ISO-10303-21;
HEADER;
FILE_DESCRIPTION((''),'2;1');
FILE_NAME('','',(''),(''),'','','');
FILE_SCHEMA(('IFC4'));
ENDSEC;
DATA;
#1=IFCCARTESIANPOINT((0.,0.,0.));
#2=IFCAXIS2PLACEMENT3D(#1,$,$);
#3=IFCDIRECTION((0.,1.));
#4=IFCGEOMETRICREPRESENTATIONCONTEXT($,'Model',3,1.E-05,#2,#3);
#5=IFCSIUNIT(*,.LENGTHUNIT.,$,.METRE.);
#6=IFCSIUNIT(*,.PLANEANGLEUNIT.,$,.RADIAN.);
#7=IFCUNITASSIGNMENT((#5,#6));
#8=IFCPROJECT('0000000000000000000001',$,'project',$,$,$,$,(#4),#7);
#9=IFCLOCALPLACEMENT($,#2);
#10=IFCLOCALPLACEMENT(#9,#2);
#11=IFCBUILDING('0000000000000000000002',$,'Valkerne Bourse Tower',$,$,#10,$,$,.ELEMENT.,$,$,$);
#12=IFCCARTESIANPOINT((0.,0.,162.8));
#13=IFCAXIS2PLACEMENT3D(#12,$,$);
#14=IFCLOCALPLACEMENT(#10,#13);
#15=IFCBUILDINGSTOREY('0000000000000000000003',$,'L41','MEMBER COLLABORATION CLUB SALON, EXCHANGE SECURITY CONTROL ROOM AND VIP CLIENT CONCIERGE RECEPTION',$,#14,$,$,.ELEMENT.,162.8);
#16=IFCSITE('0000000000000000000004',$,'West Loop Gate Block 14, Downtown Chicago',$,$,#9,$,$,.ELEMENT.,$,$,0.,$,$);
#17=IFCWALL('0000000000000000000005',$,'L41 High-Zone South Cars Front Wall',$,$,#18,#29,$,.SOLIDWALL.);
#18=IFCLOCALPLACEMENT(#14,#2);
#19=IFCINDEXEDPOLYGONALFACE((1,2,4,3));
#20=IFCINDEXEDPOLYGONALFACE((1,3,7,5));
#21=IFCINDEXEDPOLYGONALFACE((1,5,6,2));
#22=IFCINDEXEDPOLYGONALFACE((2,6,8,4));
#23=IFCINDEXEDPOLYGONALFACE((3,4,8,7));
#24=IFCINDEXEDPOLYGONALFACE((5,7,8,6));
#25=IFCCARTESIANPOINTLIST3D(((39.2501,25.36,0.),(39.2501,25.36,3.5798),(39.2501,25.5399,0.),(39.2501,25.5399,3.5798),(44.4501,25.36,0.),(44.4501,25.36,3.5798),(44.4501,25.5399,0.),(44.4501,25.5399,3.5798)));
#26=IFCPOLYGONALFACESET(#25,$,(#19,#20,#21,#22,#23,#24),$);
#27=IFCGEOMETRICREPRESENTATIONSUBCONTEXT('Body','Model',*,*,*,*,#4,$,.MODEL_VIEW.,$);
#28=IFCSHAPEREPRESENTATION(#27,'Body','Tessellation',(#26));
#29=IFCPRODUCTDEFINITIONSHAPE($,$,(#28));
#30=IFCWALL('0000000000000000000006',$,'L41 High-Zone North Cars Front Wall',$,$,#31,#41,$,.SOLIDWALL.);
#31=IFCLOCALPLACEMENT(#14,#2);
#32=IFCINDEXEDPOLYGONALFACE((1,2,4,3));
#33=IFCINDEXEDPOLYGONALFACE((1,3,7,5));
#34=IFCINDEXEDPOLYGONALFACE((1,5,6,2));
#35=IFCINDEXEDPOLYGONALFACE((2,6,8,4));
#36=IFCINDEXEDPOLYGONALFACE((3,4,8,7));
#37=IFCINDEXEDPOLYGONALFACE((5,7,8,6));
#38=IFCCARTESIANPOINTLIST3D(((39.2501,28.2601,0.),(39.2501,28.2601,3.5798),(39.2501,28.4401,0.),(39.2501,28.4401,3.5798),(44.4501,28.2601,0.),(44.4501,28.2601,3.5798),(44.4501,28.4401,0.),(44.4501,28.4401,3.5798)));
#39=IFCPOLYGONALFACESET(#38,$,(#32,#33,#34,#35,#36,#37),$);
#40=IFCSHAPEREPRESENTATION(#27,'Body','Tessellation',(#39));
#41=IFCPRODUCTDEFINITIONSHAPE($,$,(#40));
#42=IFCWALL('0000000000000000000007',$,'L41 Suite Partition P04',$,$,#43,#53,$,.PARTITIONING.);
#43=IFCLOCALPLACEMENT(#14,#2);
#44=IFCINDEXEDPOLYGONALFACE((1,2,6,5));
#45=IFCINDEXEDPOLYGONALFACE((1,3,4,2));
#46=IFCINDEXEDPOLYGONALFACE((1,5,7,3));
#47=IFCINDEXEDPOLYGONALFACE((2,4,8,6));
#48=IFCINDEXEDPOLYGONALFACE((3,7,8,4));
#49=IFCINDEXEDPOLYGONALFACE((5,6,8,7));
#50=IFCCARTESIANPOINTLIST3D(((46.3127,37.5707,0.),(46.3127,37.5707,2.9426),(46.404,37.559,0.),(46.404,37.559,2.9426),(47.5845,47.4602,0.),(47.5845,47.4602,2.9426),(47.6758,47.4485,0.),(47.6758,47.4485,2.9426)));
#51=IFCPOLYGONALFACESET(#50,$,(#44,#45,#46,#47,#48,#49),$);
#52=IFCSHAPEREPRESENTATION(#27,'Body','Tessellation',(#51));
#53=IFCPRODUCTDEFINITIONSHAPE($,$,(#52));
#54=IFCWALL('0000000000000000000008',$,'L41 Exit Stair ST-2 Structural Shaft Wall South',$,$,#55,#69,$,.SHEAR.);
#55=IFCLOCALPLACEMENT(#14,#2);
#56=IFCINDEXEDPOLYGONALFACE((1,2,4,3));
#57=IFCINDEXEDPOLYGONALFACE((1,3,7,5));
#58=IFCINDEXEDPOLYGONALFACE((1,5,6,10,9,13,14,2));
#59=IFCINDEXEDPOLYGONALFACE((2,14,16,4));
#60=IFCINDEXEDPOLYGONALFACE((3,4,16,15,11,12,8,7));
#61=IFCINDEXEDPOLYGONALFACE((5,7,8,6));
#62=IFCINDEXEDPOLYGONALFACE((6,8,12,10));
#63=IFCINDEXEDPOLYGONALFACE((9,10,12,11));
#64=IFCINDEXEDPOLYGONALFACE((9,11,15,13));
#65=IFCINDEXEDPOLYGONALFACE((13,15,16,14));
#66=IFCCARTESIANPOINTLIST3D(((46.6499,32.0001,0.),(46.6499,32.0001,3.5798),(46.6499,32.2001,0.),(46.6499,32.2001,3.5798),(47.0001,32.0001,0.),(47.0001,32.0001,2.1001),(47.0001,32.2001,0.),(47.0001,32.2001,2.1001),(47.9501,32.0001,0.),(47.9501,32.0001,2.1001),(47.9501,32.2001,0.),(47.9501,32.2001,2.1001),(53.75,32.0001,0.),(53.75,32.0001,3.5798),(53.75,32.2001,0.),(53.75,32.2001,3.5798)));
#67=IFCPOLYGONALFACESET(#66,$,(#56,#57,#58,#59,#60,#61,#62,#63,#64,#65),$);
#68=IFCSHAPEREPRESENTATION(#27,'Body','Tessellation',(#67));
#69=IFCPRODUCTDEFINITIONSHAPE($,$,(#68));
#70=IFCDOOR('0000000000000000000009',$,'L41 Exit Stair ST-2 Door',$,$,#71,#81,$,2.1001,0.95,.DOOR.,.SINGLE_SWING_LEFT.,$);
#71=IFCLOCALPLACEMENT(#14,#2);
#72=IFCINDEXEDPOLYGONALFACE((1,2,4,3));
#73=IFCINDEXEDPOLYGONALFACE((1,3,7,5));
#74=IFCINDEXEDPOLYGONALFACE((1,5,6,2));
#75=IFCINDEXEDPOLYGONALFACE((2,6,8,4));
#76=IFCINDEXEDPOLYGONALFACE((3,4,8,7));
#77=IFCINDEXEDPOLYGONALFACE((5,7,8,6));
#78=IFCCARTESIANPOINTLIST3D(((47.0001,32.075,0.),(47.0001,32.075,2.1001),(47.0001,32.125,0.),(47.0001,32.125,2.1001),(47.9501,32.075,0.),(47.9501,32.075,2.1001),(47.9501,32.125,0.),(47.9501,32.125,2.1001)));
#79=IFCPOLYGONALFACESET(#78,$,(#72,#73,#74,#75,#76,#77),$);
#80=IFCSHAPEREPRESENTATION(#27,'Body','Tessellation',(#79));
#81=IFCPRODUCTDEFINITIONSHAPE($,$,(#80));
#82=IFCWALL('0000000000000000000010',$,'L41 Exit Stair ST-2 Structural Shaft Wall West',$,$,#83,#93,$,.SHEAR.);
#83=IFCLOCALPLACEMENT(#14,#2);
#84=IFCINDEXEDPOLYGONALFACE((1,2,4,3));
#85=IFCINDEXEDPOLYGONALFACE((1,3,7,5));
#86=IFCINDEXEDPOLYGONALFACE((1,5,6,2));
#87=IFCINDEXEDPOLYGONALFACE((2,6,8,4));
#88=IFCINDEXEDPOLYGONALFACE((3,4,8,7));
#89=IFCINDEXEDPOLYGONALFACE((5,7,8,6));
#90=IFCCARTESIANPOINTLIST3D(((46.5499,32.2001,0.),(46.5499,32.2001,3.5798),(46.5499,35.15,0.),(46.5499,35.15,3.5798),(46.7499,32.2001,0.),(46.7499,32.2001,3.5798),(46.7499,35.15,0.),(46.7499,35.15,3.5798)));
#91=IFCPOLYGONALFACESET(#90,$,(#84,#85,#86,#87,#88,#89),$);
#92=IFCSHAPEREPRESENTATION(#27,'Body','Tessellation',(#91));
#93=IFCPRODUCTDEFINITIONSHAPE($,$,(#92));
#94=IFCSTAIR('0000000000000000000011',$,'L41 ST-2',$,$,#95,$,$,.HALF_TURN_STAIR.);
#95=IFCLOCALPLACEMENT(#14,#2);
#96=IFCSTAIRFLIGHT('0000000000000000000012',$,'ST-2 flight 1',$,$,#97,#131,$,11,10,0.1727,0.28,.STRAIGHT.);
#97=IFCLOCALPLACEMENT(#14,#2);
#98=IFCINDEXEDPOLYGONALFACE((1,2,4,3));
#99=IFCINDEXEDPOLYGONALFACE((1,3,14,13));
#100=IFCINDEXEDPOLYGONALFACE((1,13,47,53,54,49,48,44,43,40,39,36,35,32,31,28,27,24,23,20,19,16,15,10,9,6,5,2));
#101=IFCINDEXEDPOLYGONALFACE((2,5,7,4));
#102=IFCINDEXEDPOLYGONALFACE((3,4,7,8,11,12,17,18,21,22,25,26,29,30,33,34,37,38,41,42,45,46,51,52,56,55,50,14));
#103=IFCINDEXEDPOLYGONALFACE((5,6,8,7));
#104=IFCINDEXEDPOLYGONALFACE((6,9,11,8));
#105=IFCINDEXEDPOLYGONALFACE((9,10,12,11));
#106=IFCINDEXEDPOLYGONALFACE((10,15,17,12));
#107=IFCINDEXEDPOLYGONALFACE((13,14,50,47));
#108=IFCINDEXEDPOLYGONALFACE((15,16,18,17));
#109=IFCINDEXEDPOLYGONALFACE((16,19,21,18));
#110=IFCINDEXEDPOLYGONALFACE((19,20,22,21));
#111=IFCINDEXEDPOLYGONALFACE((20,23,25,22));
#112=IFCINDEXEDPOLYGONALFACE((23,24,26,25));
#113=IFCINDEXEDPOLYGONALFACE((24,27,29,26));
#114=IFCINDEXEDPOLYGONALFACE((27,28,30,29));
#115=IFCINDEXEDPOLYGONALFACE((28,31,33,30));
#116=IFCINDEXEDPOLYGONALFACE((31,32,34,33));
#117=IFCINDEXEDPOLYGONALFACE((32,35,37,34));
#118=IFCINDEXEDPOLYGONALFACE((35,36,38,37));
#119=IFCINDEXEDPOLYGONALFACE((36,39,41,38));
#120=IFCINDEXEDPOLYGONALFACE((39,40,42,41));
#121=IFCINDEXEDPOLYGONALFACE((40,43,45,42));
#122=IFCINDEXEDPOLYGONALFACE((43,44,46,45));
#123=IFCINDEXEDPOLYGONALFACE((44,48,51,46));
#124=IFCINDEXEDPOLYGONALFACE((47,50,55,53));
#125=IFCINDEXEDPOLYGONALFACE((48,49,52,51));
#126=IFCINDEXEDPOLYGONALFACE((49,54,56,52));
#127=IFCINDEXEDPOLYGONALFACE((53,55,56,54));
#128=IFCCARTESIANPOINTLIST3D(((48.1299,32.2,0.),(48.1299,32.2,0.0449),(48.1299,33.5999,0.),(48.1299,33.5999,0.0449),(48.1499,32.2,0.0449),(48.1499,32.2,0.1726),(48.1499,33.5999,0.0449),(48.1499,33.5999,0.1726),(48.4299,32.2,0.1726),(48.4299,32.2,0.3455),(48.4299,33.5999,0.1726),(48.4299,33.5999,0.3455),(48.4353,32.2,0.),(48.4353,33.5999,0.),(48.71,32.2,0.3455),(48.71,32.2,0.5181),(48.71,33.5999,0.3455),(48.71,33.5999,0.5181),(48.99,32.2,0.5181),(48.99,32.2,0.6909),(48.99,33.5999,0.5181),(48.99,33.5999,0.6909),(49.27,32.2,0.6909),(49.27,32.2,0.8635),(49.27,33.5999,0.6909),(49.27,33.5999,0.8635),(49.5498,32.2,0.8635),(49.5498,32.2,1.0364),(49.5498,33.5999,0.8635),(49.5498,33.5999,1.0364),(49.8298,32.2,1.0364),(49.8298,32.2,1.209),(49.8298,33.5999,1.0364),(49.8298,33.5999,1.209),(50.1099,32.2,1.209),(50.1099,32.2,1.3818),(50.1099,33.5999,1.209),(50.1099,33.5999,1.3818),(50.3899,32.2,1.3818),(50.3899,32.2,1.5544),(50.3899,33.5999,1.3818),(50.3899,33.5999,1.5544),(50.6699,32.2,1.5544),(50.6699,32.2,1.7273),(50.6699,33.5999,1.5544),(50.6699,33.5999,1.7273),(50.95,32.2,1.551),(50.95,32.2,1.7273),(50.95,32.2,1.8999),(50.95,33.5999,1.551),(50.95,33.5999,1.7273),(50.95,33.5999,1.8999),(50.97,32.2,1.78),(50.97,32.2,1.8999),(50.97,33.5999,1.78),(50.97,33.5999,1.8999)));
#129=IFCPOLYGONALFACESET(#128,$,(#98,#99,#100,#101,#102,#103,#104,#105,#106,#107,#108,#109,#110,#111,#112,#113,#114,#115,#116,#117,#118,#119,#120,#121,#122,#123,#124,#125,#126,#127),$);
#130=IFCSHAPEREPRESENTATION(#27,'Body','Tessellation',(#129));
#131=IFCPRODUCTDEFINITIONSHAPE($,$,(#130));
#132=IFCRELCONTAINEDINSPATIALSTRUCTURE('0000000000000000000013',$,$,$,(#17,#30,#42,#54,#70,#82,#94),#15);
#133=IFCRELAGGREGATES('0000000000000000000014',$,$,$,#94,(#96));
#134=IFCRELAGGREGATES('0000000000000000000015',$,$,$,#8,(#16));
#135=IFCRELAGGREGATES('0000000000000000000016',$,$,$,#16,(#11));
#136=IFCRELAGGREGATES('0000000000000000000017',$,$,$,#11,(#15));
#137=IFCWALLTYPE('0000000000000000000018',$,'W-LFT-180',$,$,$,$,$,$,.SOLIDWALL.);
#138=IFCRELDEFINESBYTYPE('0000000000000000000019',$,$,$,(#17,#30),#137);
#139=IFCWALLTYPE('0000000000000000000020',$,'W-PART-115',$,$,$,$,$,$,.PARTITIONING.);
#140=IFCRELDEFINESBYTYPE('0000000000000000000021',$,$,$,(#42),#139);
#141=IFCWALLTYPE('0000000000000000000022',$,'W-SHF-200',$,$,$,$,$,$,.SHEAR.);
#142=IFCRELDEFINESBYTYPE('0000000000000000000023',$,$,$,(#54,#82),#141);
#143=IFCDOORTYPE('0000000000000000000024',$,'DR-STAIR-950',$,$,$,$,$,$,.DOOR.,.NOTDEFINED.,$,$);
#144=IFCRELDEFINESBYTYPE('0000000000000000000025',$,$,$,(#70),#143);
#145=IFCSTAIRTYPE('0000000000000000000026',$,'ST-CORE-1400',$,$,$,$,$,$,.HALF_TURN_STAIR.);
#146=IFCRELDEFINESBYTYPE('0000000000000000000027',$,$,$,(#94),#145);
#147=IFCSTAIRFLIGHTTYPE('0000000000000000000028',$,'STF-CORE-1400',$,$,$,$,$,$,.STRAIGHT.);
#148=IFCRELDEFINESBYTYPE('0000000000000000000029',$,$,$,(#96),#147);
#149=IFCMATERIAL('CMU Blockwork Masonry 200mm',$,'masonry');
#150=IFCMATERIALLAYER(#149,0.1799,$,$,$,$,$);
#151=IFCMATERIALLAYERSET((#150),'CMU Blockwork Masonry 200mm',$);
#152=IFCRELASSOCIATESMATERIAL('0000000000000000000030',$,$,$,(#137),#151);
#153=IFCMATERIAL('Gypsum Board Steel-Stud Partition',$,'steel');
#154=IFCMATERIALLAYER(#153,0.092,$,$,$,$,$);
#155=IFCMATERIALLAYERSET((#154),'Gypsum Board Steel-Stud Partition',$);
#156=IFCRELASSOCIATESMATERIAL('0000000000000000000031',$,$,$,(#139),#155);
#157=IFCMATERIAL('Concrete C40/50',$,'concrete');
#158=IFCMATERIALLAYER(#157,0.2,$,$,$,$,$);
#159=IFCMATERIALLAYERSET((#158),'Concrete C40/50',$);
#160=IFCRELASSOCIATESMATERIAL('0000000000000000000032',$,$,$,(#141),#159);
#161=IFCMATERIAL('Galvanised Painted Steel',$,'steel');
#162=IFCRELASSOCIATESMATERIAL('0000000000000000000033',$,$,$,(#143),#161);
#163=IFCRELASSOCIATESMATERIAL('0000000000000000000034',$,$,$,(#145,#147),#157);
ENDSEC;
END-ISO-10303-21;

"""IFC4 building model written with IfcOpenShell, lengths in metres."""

from ifc_helpers import new_model, si_unit, direction, frame, frame_2d, origin, place, context, subcontext, project, spatial, polyline, rectangle, outline, extrude, material, layer, layer_set, type_object, element, fill, aggregate, save


model = new_model("IFC4")

# Units and contexts
model_context = context("Model", 3, precision=1e-05, world=origin(), true_north=direction((0.0, 1.0)))
body_context = subcontext(model_context, "Body", "Model", "MODEL_VIEW")
ifc_project = project(units=[si_unit("LENGTHUNIT", "METRE"), si_unit("PLANEANGLEUNIT", "RADIAN")], contexts=[model_context])

# Site, building, storey
site_placement = place(None, origin())
site = spatial("IfcSite", under=ifc_project, at=site_placement, Name="West Loop Gate Block 14, Downtown Chicago", CompositionType="ELEMENT", RefElevation=0.0)
building_placement = place(site_placement, origin())
building = spatial("IfcBuilding", under=site, at=building_placement, Name="Valkerne Bourse Tower", CompositionType="ELEMENT")
storey_placement = place(building_placement, frame((0.0, 0.0, 162.8)))
storey = spatial("IfcBuildingStorey", under=building, at=storey_placement, Name="L41", Description="MEMBER COLLABORATION CLUB SALON, EXCHANGE SECURITY CONTROL ROOM AND VIP CLIENT CONCIERGE RECEPTION", CompositionType="ELEMENT", Elevation=162.8)

# Shared definitions
ifc_material_1 = material(Name="Galvanised Painted Steel", Category="steel")

# Shared definitions
ifc_material_2 = material(Name="CMU Blockwork Masonry 200mm", Category="masonry")
ifc_layer_1 = layer(ifc_material_2, 0.1799)
ifc_layer_set_1 = layer_set([ifc_layer_1], Name="CMU Blockwork Masonry 200mm")
wall_type_1 = type_object("IfcWallType", Name="W-LFT-180", PredefinedType="SOLIDWALL", material=ifc_layer_set_1)

# Walls
for number, where, z_axis, x_axis, name in (
    (1, (39.25, 25.45, 0.0), (0.0, 0.0, 1.0), (1.0, 0.0, 0.0), "L41 High-Zone South Cars Front Wall"),
    (2, (39.25, 28.3501, 0.0), (0.0, 0.0, 1.0), (1.0, 0.0, 0.0), "L41 High-Zone North Cars Front Wall"),
):
    element("IfcWall", number, at=place(storey_placement, frame(where, z_axis=z_axis, x_axis=x_axis)), inside=storey, type_object=wall_type_1, Name=name, PredefinedType="SOLIDWALL", context=body_context, shape_type="SweptSolid", body=[
        extrude(rectangle(XDim=5.2, YDim=0.1799, at=frame_2d((2.6001, 0.0))), origin(), (0.0, 0.0, 1.0), 3.5798),
    ])
ifc_material_3 = material(Name="Gypsum Board Steel-Stud Partition", Category="steel")
ifc_layer_2 = layer(ifc_material_3, 0.092)
ifc_layer_set_2 = layer_set([ifc_layer_2], Name="Gypsum Board Steel-Stud Partition")
wall_type_2 = type_object("IfcWallType", Name="W-PART-115", PredefinedType="PARTITIONING", material=ifc_layer_set_2)
wall_1_placement = place(storey_placement, frame((46.3584, 37.5649, 0.0), z_axis=(0.0, 0.0, 1.0), x_axis=(0.127545, 0.991833, 0.0)))
element("IfcWall", 3, at=wall_1_placement, inside=storey, type_object=wall_type_2, Name="L41 Suite Partition P04", PredefinedType="PARTITIONING", context=body_context, shape_type="SweptSolid", body=[
    extrude(rectangle(XDim=9.9709, YDim=0.092, at=frame_2d((4.9854, 0.0))), origin(), (0.0, 0.0, 1.0), 2.9426),
])

# Wall, opening, door
ifc_material_4 = material(Name="Concrete C40/50", Category="concrete")
ifc_layer_3 = layer(ifc_material_4, 0.2)
ifc_layer_set_3 = layer_set([ifc_layer_3], Name="Concrete C40/50")
wall_type_3 = type_object("IfcWallType", Name="W-SHF-200", PredefinedType="SHEAR", material=ifc_layer_set_3)
wall_2_placement = place(storey_placement, frame((46.6499, 32.1001, 0.0), z_axis=(0.0, 0.0, 1.0), x_axis=(1.0, 0.0, 0.0)))
wall_2 = element("IfcWall", 4, at=wall_2_placement, inside=storey, type_object=wall_type_3, Name="L41 Exit Stair ST-2 Structural Shaft Wall South", PredefinedType="SHEAR", context=body_context, shape_type="SweptSolid", body=[
    extrude(rectangle(XDim=7.1001, YDim=0.2, at=frame_2d((3.55, 0.0))), origin(), (0.0, 0.0, 1.0), 3.5798),
])
opening_1_placement = place(wall_2_placement, frame((0.3501, 0.0, 0.0)))
opening_1 = element("IfcOpeningElement", 5, at=opening_1_placement, cuts=wall_2, PredefinedType="OPENING", context=body_context, shape_type="SweptSolid", body=[
    extrude(rectangle(XDim=0.95, YDim=2.1001, at=frame_2d((0.4751, 1.05))), frame((0.0, 0.1099, 0.0), z_axis=(0.0, -1.0, 0.0), x_axis=(1.0, 0.0, 0.0)), (0.0, 0.0, 1.0), 0.22),
])
door_type_1 = type_object("IfcDoorType", Name="DR-STAIR-950", OperationType="NOTDEFINED", PredefinedType="DOOR", material=ifc_material_1)
door_1_placement = place(opening_1_placement, origin())
door_1 = element("IfcDoor", 6, at=door_1_placement, inside=storey, type_object=door_type_1, Name="L41 Exit Stair ST-2 Door", OperationType="SINGLE_SWING_LEFT", OverallHeight=2.1001, OverallWidth=0.95, PredefinedType="DOOR", context=body_context, shape_type="SweptSolid", body=[
    extrude(rectangle(XDim=0.95, YDim=2.1001, at=frame_2d((0.4751, 1.05))), frame((0.0, 0.0249, 0.0), z_axis=(0.0, -1.0, 0.0), x_axis=(1.0, 0.0, 0.0)), (0.0, 0.0, 1.0), 0.05),
])
fill(opening_1, door_1)

# Wall
wall_3_placement = place(storey_placement, frame((46.6499, 32.2, 0.0), z_axis=(0.0, 0.0, 1.0), x_axis=(0.0, 1.0, 0.0)))
element("IfcWall", 7, at=wall_3_placement, inside=storey, type_object=wall_type_3, Name="L41 Exit Stair ST-2 Structural Shaft Wall West", PredefinedType="SHEAR", context=body_context, shape_type="SweptSolid", body=[
    extrude(rectangle(XDim=2.95, YDim=0.2, at=frame_2d((1.4751, 0.0))), origin(), (0.0, 0.0, 1.0), 3.5798),
])

# Stair, stair flight
stair_type = type_object("IfcStairType", Name="ST-CORE-1400", PredefinedType="HALF_TURN_STAIR", material=ifc_material_4)
stair_placement = place(storey_placement, origin())
stair = element("IfcStair", 8, at=stair_placement, inside=storey, type_object=stair_type, Name="L41 ST-2", PredefinedType="HALF_TURN_STAIR")
stair_flight_type = type_object("IfcStairFlightType", Name="STF-CORE-1400", PredefinedType="STRAIGHT", material=ifc_material_4)
stair_flight_placement = place(storey_placement, frame((48.1499, 32.8999, 0.0), z_axis=(0.0, 0.0, 1.0), x_axis=(1.0, 0.0, 0.0)))
stair_flight = element("IfcStairFlight", 9, at=stair_flight_placement, type_object=stair_flight_type, Name="ST-2 flight 1", NumberOfRisers=11, NumberOfTreads=10, PredefinedType="STRAIGHT", RiserHeight=0.1727, TreadLength=0.28, context=body_context, shape_type="SweptSolid", body=[
    extrude(outline(polyline([(-0.02, 0.0), (-0.02, 0.0449), (0.0, 0.0449), (0.0, 0.1726), (0.28, 0.1726), (0.28, 0.3455), (0.5601, 0.3455), (0.5601, 0.5181), (0.8401, 0.5181), (0.8401, 0.6909), (1.1201, 0.6909), (1.1201, 0.8635), (1.3999, 0.8635), (1.3999, 1.0364), (1.6799, 1.0364), (1.6799, 1.209), (1.96, 1.209), (1.96, 1.3818), (2.24, 1.3818), (2.24, 1.5544), (2.52, 1.5544), (2.52, 1.7273), (2.8, 1.7273), (2.8, 1.8999), (2.8201, 1.8999), (2.8201, 1.78), (2.8, 1.551), (0.2854, 0.0), (-0.02, 0.0)])), frame((0.0, 0.7, 0.0), z_axis=(0.0, -1.0, 0.0), x_axis=(1.0, 0.0, 0.0)), (0.0, 0.0, 1.0), 1.3999),
])
aggregate(stair, [stair_flight])

save(model, "model.ifc")
